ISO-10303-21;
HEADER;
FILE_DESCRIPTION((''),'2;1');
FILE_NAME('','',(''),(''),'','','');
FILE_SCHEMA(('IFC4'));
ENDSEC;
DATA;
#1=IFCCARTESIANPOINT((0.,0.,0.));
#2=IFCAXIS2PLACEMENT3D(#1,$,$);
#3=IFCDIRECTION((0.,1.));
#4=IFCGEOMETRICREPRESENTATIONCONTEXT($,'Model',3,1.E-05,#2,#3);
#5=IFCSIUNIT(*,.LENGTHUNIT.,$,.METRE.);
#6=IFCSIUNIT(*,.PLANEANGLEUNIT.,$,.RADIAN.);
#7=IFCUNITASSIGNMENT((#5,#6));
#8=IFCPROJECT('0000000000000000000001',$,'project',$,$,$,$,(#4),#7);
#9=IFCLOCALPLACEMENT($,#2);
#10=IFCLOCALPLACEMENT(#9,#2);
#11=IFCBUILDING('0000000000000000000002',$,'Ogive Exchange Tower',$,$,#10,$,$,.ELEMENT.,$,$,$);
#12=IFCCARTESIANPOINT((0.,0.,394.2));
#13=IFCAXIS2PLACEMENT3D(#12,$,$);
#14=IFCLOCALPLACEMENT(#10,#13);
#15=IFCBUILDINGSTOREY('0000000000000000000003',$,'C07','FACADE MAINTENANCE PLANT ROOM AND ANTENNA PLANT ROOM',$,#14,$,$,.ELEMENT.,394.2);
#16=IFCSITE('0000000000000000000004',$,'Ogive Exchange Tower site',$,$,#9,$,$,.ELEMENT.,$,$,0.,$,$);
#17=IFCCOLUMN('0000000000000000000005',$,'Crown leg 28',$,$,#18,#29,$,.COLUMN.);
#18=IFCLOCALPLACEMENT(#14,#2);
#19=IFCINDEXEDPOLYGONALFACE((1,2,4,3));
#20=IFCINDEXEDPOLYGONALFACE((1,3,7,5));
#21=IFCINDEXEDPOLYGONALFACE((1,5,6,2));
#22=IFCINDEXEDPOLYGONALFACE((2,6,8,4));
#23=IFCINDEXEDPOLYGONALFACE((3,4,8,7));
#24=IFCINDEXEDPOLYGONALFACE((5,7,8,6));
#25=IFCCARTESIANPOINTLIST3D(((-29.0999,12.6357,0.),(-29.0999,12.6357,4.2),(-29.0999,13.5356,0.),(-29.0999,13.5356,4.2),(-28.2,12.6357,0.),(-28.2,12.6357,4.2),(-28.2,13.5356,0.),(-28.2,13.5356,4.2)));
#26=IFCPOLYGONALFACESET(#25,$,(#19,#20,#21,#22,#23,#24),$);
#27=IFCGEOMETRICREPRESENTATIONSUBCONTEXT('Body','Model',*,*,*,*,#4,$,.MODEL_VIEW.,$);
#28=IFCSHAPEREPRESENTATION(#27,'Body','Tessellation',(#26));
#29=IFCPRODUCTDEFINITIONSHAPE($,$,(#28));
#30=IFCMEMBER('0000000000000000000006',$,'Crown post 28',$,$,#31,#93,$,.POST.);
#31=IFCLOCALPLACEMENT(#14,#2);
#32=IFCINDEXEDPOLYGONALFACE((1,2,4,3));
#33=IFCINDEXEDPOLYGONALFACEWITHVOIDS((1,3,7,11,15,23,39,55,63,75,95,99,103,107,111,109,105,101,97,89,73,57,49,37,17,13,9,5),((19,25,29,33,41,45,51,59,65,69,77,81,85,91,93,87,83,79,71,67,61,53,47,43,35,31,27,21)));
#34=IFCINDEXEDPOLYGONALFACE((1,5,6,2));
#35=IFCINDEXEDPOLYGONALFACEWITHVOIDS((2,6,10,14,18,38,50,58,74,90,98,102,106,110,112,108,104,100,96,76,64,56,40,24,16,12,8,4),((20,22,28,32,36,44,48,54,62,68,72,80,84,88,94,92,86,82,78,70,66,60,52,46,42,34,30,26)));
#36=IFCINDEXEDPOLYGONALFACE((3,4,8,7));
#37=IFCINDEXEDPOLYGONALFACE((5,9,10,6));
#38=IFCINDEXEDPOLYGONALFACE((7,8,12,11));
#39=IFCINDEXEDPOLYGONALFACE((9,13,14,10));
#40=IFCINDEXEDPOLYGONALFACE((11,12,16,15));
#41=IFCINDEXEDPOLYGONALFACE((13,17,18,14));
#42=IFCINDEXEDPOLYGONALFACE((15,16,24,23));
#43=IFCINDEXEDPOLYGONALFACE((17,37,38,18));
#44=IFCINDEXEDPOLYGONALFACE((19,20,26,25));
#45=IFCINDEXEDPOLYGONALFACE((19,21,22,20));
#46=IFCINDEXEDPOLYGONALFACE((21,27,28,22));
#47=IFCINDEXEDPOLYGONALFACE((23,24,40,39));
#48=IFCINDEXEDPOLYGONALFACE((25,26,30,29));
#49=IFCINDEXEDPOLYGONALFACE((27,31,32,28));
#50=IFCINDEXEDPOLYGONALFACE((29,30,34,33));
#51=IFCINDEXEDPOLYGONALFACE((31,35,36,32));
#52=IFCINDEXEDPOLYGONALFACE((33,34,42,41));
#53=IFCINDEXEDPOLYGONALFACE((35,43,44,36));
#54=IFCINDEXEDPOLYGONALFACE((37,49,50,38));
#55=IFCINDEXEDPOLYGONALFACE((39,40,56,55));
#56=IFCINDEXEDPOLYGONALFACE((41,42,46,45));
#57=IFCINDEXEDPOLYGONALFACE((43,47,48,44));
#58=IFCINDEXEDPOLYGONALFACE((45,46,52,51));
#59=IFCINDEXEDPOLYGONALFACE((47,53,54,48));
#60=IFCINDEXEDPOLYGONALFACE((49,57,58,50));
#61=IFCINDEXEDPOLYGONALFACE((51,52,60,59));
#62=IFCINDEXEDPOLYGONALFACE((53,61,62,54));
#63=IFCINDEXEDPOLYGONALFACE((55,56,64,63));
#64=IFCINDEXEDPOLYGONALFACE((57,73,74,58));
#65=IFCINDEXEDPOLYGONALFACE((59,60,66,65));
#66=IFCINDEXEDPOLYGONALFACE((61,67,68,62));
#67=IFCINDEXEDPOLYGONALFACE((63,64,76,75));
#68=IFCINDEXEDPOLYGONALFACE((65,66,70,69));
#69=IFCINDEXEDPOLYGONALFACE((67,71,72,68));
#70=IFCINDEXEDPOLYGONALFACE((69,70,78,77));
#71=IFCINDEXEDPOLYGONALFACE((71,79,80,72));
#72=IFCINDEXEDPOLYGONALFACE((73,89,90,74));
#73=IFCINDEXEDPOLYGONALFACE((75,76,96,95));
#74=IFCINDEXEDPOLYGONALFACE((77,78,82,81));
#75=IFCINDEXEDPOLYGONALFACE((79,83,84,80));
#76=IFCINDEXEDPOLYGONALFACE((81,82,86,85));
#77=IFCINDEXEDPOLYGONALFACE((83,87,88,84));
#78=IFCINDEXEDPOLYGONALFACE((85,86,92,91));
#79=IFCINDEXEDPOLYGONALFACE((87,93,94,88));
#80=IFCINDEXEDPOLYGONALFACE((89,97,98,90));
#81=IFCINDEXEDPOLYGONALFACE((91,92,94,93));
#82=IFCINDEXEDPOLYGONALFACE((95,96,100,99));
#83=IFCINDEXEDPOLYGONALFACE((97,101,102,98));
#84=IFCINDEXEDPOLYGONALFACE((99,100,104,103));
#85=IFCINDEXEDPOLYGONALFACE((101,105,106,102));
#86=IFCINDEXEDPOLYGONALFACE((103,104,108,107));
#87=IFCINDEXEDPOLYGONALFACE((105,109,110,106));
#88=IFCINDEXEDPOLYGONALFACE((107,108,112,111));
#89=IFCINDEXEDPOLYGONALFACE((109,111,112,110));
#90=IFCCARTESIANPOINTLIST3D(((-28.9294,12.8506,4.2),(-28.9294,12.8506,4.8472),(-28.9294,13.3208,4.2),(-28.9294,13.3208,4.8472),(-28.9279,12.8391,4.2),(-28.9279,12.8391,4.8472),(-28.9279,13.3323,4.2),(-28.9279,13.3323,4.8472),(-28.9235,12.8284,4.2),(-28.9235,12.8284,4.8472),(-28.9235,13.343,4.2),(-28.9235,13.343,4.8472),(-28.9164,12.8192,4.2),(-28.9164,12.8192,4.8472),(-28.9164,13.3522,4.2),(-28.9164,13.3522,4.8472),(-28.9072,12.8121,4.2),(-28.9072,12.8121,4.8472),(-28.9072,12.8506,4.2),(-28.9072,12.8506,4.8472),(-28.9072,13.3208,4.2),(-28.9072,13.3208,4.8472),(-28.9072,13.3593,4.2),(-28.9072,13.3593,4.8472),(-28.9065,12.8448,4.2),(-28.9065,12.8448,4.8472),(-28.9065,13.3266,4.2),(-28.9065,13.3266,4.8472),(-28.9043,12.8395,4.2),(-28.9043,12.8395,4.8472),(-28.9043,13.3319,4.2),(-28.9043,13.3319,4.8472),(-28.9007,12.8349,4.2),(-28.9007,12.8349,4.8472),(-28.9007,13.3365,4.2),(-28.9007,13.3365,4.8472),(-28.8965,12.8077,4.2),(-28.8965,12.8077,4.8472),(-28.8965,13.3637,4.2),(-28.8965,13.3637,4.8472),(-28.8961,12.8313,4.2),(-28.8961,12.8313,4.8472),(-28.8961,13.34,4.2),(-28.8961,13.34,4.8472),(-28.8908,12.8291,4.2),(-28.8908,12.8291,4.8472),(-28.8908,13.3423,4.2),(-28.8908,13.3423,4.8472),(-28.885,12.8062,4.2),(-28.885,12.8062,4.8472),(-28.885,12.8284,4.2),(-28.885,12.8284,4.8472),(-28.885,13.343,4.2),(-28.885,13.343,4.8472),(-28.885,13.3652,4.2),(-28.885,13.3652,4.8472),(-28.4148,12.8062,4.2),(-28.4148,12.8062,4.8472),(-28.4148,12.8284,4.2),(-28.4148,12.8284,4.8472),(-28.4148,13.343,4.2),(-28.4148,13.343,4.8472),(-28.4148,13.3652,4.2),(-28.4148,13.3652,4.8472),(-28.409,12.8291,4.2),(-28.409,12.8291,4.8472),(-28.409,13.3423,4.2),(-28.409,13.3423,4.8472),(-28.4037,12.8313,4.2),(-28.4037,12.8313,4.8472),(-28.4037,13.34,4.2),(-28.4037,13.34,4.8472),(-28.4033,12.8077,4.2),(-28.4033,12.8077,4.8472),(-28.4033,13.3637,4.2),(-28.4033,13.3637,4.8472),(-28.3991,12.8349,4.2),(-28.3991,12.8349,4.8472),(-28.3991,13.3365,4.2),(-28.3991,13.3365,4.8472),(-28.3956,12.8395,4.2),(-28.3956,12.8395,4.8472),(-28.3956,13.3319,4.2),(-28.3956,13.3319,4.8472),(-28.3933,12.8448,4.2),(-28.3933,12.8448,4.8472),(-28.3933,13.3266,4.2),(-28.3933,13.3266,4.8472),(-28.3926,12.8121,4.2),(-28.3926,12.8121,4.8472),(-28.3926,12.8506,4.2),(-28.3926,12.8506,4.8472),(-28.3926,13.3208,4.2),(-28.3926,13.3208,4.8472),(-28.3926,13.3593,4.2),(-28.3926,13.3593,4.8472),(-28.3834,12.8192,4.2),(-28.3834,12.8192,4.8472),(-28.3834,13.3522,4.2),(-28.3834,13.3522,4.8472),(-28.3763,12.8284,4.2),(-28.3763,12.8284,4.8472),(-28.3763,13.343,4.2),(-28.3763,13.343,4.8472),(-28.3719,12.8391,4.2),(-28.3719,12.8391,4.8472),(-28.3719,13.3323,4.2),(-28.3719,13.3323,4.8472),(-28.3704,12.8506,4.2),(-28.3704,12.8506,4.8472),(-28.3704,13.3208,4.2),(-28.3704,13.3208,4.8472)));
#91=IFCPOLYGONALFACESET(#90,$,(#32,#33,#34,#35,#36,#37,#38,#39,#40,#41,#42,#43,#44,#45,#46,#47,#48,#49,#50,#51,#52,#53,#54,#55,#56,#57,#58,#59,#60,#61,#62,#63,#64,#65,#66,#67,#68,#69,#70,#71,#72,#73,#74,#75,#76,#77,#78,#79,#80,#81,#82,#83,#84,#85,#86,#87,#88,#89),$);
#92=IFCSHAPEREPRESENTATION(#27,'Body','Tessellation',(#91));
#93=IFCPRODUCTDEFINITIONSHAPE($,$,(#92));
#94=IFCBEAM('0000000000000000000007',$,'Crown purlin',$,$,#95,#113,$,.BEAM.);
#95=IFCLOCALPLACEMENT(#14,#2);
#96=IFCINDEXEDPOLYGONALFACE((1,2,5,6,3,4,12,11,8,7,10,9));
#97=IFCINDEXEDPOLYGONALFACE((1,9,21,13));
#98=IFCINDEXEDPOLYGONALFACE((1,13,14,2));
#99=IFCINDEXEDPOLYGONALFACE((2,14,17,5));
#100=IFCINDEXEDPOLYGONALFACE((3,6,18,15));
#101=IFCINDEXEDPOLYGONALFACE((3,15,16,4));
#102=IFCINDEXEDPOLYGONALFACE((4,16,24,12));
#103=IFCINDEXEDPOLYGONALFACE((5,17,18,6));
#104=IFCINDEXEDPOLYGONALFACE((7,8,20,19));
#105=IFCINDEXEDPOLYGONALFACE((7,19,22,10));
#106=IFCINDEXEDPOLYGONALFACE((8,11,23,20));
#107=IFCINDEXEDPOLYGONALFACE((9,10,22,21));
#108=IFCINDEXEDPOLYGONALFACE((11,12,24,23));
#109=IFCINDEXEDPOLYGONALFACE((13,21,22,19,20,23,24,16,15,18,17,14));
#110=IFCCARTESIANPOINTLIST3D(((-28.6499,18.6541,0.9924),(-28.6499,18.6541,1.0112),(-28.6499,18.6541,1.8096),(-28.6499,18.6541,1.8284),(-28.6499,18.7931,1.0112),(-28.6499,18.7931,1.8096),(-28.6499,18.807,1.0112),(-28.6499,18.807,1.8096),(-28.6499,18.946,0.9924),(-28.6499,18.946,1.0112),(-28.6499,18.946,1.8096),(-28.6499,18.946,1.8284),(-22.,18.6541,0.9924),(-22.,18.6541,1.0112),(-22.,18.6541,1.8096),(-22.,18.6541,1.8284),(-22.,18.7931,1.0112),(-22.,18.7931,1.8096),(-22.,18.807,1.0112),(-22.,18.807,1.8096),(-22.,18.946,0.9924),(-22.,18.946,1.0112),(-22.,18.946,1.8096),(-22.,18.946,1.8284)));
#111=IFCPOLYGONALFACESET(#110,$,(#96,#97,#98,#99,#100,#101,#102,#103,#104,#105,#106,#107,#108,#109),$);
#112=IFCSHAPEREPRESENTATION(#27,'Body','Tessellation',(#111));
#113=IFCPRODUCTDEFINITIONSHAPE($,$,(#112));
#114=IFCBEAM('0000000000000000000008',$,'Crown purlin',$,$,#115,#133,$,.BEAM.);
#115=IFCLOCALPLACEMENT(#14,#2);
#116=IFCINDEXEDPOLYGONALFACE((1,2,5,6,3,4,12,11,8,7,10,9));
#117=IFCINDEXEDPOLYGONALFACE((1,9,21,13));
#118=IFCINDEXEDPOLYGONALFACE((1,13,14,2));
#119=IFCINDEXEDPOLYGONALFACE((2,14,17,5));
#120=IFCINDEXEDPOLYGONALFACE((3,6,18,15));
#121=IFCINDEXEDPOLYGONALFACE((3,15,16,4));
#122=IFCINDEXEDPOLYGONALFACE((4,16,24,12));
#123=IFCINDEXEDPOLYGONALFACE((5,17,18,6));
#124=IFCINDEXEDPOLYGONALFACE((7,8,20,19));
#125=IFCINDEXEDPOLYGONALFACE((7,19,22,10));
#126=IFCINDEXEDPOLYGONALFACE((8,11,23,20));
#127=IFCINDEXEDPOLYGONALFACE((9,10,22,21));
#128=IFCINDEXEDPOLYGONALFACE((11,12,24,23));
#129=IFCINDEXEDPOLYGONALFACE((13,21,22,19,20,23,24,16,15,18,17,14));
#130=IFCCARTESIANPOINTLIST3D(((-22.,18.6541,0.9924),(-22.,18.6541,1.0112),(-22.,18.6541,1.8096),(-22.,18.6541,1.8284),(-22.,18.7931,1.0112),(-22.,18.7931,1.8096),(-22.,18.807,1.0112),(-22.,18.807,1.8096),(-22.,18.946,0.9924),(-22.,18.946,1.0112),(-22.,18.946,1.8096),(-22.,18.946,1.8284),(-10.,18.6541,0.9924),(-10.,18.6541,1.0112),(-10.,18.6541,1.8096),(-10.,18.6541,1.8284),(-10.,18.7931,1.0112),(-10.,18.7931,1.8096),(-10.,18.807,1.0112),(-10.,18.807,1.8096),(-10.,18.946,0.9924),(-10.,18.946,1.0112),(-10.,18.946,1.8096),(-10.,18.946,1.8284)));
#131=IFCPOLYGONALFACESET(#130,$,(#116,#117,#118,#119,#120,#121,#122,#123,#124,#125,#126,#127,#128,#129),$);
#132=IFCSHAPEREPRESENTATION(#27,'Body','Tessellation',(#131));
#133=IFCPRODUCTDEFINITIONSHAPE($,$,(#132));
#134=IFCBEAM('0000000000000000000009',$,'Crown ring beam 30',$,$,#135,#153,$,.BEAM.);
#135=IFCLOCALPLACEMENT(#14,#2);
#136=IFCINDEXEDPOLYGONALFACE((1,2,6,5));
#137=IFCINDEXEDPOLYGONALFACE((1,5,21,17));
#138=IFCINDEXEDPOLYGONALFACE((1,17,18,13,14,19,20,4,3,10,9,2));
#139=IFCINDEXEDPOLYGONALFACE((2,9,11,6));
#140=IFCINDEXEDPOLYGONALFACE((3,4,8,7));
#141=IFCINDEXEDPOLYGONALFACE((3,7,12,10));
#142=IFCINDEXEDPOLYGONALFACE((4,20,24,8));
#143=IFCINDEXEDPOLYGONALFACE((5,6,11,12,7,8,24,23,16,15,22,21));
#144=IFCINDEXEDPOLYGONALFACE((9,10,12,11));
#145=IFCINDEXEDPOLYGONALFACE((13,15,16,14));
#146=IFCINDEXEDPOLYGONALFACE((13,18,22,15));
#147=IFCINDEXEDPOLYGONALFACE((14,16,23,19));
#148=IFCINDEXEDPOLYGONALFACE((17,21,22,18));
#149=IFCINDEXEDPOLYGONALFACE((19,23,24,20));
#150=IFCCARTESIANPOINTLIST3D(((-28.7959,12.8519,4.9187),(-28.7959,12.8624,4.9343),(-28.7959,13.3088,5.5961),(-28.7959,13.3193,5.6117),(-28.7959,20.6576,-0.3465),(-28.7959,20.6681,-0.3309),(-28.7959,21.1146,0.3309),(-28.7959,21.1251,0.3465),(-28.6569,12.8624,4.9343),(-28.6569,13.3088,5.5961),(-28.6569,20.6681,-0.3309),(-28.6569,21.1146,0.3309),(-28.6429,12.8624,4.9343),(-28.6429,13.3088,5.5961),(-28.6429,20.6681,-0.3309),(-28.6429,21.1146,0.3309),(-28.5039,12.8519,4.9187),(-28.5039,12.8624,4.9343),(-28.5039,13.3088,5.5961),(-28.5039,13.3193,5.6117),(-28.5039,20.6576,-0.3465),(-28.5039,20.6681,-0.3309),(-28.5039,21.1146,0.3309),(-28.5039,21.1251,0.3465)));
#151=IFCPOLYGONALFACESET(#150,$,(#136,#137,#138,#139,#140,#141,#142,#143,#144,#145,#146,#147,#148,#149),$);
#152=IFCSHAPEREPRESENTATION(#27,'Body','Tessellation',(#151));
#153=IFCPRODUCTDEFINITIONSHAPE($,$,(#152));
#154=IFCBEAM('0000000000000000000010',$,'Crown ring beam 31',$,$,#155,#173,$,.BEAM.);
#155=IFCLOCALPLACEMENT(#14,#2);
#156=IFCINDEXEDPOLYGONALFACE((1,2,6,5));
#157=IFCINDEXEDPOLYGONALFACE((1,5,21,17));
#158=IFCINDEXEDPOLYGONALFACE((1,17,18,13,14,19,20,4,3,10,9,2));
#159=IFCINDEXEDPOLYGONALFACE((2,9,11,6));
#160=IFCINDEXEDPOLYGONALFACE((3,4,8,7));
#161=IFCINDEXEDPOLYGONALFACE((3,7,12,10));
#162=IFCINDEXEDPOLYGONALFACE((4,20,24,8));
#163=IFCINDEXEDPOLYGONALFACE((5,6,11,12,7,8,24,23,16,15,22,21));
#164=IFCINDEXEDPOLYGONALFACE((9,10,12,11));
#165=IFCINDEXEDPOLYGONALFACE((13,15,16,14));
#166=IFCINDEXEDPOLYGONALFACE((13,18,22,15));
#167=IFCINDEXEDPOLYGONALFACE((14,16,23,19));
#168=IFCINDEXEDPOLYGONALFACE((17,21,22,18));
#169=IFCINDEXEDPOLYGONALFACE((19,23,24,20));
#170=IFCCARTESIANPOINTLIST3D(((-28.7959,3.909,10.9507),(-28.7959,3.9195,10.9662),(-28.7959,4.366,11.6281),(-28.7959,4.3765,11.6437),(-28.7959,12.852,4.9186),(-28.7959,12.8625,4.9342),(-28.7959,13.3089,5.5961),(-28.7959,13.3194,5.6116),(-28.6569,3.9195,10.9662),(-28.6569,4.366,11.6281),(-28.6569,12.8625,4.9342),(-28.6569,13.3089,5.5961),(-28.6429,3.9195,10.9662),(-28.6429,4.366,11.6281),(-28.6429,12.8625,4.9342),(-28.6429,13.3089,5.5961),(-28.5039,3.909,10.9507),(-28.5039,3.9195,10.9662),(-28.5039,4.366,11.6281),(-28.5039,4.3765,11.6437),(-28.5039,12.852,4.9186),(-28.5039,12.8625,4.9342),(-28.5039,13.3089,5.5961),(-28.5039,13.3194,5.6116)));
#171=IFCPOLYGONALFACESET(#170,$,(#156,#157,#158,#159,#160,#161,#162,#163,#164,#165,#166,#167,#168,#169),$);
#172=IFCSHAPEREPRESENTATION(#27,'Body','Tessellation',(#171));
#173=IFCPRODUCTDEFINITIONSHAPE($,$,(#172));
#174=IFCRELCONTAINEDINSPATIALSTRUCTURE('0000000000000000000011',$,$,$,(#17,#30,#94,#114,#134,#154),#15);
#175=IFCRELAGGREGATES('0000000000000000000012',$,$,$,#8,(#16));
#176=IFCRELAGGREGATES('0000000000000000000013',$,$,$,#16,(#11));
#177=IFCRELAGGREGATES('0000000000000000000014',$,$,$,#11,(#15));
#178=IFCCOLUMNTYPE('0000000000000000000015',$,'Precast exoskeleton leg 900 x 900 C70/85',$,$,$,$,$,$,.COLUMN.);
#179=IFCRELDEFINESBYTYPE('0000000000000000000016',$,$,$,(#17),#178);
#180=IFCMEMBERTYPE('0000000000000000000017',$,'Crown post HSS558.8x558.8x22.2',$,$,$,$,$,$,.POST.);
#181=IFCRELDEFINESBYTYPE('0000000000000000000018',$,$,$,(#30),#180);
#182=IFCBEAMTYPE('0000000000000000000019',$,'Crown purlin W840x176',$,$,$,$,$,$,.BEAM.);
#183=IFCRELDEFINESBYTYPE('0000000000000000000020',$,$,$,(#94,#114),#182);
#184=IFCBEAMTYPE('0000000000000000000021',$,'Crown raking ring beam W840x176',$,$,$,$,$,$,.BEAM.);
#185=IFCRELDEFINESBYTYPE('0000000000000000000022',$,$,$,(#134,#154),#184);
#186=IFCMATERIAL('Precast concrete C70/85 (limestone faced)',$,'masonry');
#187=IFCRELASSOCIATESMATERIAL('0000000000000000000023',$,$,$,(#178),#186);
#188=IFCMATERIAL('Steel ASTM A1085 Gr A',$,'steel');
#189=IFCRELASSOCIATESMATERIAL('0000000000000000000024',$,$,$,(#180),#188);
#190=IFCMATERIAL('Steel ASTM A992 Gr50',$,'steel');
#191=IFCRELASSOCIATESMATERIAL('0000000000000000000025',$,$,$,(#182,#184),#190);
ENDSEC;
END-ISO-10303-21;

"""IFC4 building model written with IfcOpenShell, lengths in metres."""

from ifc_helpers import new_model, si_unit, direction, frame, origin, origin_2d, place, context, subcontext, project, spatial, rectangle, hollow_rectangle, i_section, extrude, material, material_profile, profile_set, type_object, element, save


model = new_model("IFC4")

# Units and contexts
model_context = context("Model", 3, precision=1e-05, world=origin(), true_north=direction((0.0, 1.0)))
body_context = subcontext(model_context, "Body", "Model", "MODEL_VIEW")
ifc_project = project(units=[si_unit("LENGTHUNIT", "METRE"), si_unit("PLANEANGLEUNIT", "RADIAN")], contexts=[model_context])

# Site, building, storey
site_placement = place(None, origin())
site = spatial("IfcSite", under=ifc_project, at=site_placement, Name="Ogive Exchange Tower site", CompositionType="ELEMENT", RefElevation=0.0)
building_placement = place(site_placement, origin())
building = spatial("IfcBuilding", under=site, at=building_placement, Name="Ogive Exchange Tower", CompositionType="ELEMENT")
storey_placement = place(building_placement, frame((0.0, 0.0, 394.2)))
storey = spatial("IfcBuildingStorey", under=building, at=storey_placement, Name="C07", Description="FACADE MAINTENANCE PLANT ROOM AND ANTENNA PLANT ROOM", CompositionType="ELEMENT", Elevation=394.2)

# Column
ifc_material_1 = material(Name="Precast concrete C70/85 (limestone faced)", Category="masonry")
ifc_material_profile_1 = material_profile(ifc_material_1, rectangle(XDim=0.8999, YDim=0.8999, at=origin_2d()), Name="900 x 900")
ifc_profile_set_1 = profile_set([ifc_material_profile_1], Name="Precast concrete C70/85 (limestone faced)")
column_type = type_object("IfcColumnType", Name="Precast exoskeleton leg 900 x 900 C70/85", PredefinedType="COLUMN", material=ifc_profile_set_1)
column_placement = place(storey_placement, frame((-28.6499, 13.0857, 0.0), z_axis=(0.0, 0.0, 1.0), x_axis=(1.0, 0.0, 0.0)))
element("IfcColumn", 1, at=column_placement, inside=storey, type_object=column_type, Name="Crown leg 28", PredefinedType="COLUMN", context=body_context, shape_type="SweptSolid", body=[
    extrude(rectangle(XDim=0.8999, YDim=0.8999, at=origin_2d()), origin(), (0.0, 0.0, 1.0), 4.2),
])

# Member
ifc_material_2 = material(Name="Steel ASTM A1085 Gr A", Category="steel")
ifc_material_profile_2 = material_profile(ifc_material_2, hollow_rectangle(XDim=0.5591, YDim=0.5591, WallThickness=0.0222, InnerFilletRadius=0.0222, OuterFilletRadius=0.0444, at=origin_2d()), Name="HSS558.8x558.8x22.2")
ifc_profile_set_2 = profile_set([ifc_material_profile_2], Name="Steel ASTM A1085 Gr A")
member_type_1 = type_object("IfcMemberType", Name="Crown post HSS558.8x558.8x22.2", PredefinedType="POST", material=ifc_profile_set_2)
member_1_placement = place(storey_placement, frame((-28.6499, 13.0857, 4.2), z_axis=(0.0, 0.0, 1.0), x_axis=(1.0, 0.0, 0.0)))
element("IfcMember", 2, at=member_1_placement, inside=storey, type_object=member_type_1, Name="Crown post 28", PredefinedType="POST", context=body_context, shape_type="SweptSolid", body=[
    extrude(hollow_rectangle(XDim=0.5591, YDim=0.5591, WallThickness=0.0222, InnerFilletRadius=0.0222, OuterFilletRadius=0.0444, at=origin_2d()), origin(), (0.0, 0.0, 1.0), 0.6472),
])

# Beams
ifc_material_3 = material(Name="Steel ASTM A992 Gr50", Category="steel")
ifc_material_profile_3 = material_profile(ifc_material_3, i_section(OverallWidth=0.292, OverallDepth=0.8359, WebThickness=0.0139, FlangeThickness=0.0188, at=origin_2d()), Name="W840x176")
ifc_profile_set_3 = profile_set([ifc_material_profile_3], Name="Steel ASTM A992 Gr50")
beam_type_1 = type_object("IfcBeamType", Name="Crown purlin W840x176", PredefinedType="BEAM", material=ifc_profile_set_3)
beam_1_placement = place(storey_placement, frame((-28.6499, 18.8, 1.4104), z_axis=(1.0, 0.0, 0.0), x_axis=(0.0, 1.0, 0.0)))
element("IfcBeam", 3, at=beam_1_placement, inside=storey, type_object=beam_type_1, Name="Crown purlin", PredefinedType="BEAM", context=body_context, shape_type="SweptSolid", body=[
    extrude(i_section(OverallWidth=0.292, OverallDepth=0.8359, WebThickness=0.0139, FlangeThickness=0.0188, at=origin_2d()), origin(), (0.0, 0.0, 1.0), 6.6499),
])
beam_2_placement = place(storey_placement, frame((-22.0, 18.8, 1.4104), z_axis=(1.0, 0.0, 0.0), x_axis=(0.0, 1.0, 0.0)))
element("IfcBeam", 4, at=beam_2_placement, inside=storey, type_object=beam_type_1, Name="Crown purlin", PredefinedType="BEAM", context=body_context, shape_type="SweptSolid", body=[
    extrude(i_section(OverallWidth=0.292, OverallDepth=0.8359, WebThickness=0.0139, FlangeThickness=0.0188, at=origin_2d()), origin(), (0.0, 0.0, 1.0), 12.0),
])
ifc_material_profile_4 = material_profile(ifc_material_3, i_section(OverallWidth=0.292, OverallDepth=0.8359, WebThickness=0.0139, FlangeThickness=0.0188, at=origin_2d()), Name="W840x176")
ifc_profile_set_4 = profile_set([ifc_material_profile_4], Name="Steel ASTM A992 Gr50")
beam_type_2 = type_object("IfcBeamType", Name="Crown raking ring beam W840x176", PredefinedType="BEAM", material=ifc_profile_set_4)
beam_3_placement = place(storey_placement, frame((-28.6499, 20.8914, 0.0), z_axis=(0.0, -0.82903, 0.559204), x_axis=(1.0, 0.0, 0.0)))
element("IfcBeam", 5, at=beam_3_placement, inside=storey, type_object=beam_type_2, Name="Crown ring beam 30", PredefinedType="BEAM", context=body_context, shape_type="SweptSolid", body=[
    extrude(i_section(OverallWidth=0.292, OverallDepth=0.8359, WebThickness=0.0139, FlangeThickness=0.0188, at=origin_2d()), origin(), (0.0, 0.0, 1.0), 9.4155),
])
beam_4_placement = place(storey_placement, frame((-28.6499, 13.0857, 5.2651), z_axis=(0.0, -0.82904, 0.559189), x_axis=(1.0, 0.0, 0.0)))
element("IfcBeam", 6, at=beam_4_placement, inside=storey, type_object=beam_type_2, Name="Crown ring beam 31", PredefinedType="BEAM", context=body_context, shape_type="SweptSolid", body=[
    extrude(i_section(OverallWidth=0.292, OverallDepth=0.8359, WebThickness=0.0139, FlangeThickness=0.0188, at=origin_2d()), origin(), (0.0, 0.0, 1.0), 10.7871),
])

save(model, "model.ifc")
